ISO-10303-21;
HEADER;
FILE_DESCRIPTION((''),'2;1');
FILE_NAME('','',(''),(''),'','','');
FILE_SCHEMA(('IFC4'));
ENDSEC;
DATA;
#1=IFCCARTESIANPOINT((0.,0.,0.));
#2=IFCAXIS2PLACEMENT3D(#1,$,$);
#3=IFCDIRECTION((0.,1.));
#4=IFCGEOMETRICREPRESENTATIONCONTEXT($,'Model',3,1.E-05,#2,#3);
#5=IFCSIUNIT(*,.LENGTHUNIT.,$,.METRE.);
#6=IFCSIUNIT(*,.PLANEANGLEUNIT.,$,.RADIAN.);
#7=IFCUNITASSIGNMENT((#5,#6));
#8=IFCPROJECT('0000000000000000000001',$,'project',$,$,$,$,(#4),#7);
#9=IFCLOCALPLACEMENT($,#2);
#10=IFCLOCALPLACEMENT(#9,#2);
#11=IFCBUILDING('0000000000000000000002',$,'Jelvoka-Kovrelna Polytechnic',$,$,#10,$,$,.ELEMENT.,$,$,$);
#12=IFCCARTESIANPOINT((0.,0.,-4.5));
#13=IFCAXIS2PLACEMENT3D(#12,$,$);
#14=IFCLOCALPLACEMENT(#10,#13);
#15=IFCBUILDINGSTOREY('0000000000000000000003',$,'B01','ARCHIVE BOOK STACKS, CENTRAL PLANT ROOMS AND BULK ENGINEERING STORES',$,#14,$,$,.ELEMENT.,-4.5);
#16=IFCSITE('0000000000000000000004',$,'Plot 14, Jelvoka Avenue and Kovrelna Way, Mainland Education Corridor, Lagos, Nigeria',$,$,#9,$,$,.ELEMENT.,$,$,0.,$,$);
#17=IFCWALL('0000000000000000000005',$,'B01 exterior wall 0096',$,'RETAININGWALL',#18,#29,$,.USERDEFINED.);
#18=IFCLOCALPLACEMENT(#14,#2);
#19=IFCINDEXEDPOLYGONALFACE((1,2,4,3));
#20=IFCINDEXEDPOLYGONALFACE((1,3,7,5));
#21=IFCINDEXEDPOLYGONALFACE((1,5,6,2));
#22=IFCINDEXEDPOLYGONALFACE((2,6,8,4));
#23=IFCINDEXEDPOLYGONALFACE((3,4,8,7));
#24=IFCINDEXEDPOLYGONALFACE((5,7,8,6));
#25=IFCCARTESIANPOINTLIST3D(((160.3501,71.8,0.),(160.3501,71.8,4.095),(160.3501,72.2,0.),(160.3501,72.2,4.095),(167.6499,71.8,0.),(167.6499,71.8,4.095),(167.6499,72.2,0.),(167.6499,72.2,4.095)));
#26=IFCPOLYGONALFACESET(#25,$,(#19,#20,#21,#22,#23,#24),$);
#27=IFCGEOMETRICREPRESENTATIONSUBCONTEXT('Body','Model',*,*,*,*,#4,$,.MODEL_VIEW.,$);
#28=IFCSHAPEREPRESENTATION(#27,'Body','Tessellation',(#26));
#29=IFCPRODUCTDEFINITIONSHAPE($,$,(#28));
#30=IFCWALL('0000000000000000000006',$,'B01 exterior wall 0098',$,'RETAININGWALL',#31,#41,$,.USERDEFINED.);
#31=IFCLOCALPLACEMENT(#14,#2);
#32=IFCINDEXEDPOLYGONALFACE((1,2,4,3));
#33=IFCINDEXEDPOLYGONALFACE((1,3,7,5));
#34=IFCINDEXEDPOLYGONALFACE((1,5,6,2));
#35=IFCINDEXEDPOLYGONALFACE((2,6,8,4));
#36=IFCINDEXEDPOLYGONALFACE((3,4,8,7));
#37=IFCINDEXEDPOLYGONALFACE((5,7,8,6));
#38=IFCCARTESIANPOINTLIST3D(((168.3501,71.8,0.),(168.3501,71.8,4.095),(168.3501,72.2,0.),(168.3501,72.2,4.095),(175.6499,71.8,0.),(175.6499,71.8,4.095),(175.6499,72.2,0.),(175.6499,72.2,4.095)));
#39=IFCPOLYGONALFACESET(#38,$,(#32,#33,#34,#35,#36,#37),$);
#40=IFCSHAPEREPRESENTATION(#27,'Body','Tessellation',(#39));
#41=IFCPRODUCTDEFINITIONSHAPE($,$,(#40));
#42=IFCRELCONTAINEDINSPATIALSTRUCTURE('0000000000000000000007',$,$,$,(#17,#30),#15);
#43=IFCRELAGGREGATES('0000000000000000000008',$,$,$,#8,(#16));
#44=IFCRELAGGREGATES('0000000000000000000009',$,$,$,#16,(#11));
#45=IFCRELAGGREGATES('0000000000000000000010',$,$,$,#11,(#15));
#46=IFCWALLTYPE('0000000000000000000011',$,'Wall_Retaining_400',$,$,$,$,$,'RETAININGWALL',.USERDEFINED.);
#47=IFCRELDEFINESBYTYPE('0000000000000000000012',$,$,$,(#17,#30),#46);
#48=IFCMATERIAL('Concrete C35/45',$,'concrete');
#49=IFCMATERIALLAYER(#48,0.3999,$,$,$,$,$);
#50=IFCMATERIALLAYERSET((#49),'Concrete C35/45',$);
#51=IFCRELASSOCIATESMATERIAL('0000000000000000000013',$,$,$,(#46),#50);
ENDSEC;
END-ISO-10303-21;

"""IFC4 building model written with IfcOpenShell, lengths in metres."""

from ifc_helpers import new_model, si_unit, direction, frame, frame_2d, origin, place, context, subcontext, project, spatial, rectangle, extrude, material, layer, layer_set, type_object, element, save


model = new_model("IFC4")

# Units and contexts
model_context = context("Model", 3, precision=1e-05, world=origin(), true_north=direction((0.0, 1.0)))
body_context = subcontext(model_context, "Body", "Model", "MODEL_VIEW")
ifc_project = project(units=[si_unit("LENGTHUNIT", "METRE"), si_unit("PLANEANGLEUNIT", "RADIAN")], contexts=[model_context])

# Site, building, storey
site_placement = place(None, origin())
site = spatial("IfcSite", under=ifc_project, at=site_placement, Name="Plot 14, Jelvoka Avenue and Kovrelna Way, Mainland Education Corridor, Lagos, Nigeria", CompositionType="ELEMENT", RefElevation=0.0)
building_placement = place(site_placement, origin())
building = spatial("IfcBuilding", under=site, at=building_placement, Name="Jelvoka-Kovrelna Polytechnic", CompositionType="ELEMENT")
storey_placement = place(building_placement, frame((0.0, 0.0, -4.5)))
storey = spatial("IfcBuildingStorey", under=building, at=storey_placement, Name="B01", Description="ARCHIVE BOOK STACKS, CENTRAL PLANT ROOMS AND BULK ENGINEERING STORES", CompositionType="ELEMENT", Elevation=-4.5)

# Walls
ifc_material_1 = material(Name="Concrete C35/45", Category="concrete")
ifc_layer = layer(ifc_material_1, 0.3999)
ifc_layer_set = layer_set([ifc_layer], Name="Concrete C35/45")
wall_type = type_object("IfcWallType", Name="Wall_Retaining_400", ElementType="RETAININGWALL", PredefinedType="USERDEFINED", material=ifc_layer_set)
for number, where, z_axis, x_axis, name in (
    (1, (160.3501, 72.0, 0.0), (0.0, 0.0, 1.0), (1.0, 0.0, 0.0), "B01 exterior wall 0096"),
    (2, (168.3501, 72.0, 0.0), (0.0, 0.0, 1.0), (1.0, 0.0, 0.0), "B01 exterior wall 0098"),
):
    element("IfcWall", number, at=place(storey_placement, frame(where, z_axis=z_axis, x_axis=x_axis)), inside=storey, type_object=wall_type, Name=name, ObjectType="RETAININGWALL", PredefinedType="USERDEFINED", context=body_context, shape_type="SweptSolid", body=[
        extrude(rectangle(XDim=7.2998, YDim=0.3999, at=frame_2d((3.6499, 0.0))), origin(), (0.0, 0.0, 1.0), 4.095),
    ])

save(model, "model.ifc")
